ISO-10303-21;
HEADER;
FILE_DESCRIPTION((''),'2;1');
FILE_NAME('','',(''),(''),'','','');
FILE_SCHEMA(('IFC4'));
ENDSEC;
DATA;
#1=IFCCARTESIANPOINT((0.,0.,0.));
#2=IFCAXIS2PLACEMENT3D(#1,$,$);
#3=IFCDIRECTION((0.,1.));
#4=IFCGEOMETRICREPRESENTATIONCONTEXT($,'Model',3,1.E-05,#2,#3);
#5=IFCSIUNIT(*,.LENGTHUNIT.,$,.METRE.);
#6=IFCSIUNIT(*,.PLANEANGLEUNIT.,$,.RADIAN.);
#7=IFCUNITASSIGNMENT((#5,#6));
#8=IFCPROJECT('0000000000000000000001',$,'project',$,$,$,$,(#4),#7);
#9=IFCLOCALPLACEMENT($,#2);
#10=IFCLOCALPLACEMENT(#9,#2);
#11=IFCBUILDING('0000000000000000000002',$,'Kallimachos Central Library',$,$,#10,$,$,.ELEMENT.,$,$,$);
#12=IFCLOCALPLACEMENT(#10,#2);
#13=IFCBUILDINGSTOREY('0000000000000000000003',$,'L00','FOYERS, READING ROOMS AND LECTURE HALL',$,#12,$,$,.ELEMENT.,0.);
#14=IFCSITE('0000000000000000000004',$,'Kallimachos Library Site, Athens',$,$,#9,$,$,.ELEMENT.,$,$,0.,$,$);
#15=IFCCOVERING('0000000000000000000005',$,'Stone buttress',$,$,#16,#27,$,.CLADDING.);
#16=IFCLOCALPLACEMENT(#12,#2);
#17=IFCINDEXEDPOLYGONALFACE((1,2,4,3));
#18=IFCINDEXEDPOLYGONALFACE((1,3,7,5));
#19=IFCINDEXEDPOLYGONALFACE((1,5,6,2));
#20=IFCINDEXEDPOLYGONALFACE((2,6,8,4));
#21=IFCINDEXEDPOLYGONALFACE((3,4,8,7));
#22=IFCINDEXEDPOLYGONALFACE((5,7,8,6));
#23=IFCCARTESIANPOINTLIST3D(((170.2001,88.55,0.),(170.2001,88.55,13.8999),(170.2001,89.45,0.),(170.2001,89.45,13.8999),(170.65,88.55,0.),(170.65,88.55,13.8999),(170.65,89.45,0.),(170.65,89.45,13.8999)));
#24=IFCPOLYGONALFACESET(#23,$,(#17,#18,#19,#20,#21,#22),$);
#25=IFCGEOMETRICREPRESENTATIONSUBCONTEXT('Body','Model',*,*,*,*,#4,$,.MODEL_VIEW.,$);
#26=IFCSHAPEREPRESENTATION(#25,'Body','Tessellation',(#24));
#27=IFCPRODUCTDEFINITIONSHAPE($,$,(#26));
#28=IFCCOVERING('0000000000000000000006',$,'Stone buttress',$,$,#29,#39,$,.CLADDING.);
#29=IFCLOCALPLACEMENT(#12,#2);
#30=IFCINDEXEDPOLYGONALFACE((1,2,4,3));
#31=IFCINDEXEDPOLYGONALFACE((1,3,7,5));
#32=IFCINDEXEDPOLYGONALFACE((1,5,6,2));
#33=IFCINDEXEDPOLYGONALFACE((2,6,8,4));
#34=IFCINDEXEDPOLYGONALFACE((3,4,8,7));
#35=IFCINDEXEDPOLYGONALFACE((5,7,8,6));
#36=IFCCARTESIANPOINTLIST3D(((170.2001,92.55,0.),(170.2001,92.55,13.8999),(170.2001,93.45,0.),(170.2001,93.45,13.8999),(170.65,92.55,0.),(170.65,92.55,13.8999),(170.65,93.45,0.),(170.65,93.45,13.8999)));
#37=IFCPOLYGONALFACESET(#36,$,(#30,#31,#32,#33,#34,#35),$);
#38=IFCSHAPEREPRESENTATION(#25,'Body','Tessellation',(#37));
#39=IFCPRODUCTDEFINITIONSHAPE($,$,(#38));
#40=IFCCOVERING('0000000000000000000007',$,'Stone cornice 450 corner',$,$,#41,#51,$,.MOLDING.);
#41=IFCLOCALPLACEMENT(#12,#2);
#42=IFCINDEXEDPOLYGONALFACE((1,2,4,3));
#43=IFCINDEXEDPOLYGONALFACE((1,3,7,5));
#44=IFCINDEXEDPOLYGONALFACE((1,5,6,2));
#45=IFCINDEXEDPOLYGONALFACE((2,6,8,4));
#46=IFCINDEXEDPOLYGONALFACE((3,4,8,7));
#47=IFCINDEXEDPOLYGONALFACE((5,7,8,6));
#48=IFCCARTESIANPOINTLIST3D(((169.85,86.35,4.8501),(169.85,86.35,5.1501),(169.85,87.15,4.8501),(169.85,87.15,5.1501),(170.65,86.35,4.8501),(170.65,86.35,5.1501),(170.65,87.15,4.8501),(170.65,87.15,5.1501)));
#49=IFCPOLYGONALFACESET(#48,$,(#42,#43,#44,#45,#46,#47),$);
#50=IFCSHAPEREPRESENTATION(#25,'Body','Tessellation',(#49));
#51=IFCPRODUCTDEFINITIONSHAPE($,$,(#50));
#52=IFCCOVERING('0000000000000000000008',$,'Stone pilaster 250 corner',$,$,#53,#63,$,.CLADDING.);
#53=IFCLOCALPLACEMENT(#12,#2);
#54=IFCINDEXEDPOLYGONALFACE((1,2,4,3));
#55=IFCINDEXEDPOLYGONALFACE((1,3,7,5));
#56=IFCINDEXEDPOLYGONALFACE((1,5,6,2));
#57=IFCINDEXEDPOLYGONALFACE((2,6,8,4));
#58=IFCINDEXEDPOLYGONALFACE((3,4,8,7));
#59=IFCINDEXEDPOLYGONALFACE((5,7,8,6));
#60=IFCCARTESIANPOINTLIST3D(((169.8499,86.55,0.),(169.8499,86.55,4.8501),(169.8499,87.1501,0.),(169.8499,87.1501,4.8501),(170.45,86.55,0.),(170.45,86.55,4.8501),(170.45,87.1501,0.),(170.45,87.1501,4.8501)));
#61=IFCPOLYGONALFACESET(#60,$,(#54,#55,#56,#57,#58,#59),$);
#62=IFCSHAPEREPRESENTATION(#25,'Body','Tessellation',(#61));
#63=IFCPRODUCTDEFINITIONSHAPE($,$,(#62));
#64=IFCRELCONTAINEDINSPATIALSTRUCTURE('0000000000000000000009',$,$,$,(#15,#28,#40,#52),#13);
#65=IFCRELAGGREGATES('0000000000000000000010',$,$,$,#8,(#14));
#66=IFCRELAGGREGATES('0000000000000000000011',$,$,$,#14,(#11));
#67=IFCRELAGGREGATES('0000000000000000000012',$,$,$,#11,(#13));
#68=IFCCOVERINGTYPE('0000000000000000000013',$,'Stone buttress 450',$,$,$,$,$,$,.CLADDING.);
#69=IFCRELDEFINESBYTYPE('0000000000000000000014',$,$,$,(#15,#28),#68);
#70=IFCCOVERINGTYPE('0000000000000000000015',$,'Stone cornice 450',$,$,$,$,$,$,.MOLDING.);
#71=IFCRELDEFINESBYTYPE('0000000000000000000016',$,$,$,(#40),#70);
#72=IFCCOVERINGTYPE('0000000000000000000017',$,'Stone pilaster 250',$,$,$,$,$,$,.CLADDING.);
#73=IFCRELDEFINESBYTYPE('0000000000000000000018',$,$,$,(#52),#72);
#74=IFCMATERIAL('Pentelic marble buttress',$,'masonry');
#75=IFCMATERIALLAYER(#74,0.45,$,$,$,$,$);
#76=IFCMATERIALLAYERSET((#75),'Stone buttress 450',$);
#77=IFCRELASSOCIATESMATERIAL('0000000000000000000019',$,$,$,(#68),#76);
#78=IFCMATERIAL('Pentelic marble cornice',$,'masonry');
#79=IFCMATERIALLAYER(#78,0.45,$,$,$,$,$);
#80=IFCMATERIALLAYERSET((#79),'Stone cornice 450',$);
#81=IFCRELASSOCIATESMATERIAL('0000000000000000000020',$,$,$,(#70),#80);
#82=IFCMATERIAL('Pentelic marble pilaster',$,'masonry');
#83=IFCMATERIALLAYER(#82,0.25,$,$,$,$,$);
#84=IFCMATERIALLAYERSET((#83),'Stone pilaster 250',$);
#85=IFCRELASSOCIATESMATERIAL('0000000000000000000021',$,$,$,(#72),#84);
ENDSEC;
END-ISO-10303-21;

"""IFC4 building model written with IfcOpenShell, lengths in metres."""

from ifc_helpers import new_model, si_unit, direction, frame, origin, origin_2d, place, context, subcontext, project, spatial, rectangle, extrude, material, layer, layer_set, type_object, element, save


model = new_model("IFC4")

# Units and contexts
model_context = context("Model", 3, precision=1e-05, world=origin(), true_north=direction((0.0, 1.0)))
body_context = subcontext(model_context, "Body", "Model", "MODEL_VIEW")
ifc_project = project(units=[si_unit("LENGTHUNIT", "METRE"), si_unit("PLANEANGLEUNIT", "RADIAN")], contexts=[model_context])

# Site, building, storey
site_placement = place(None, origin())
site = spatial("IfcSite", under=ifc_project, at=site_placement, Name="Kallimachos Library Site, Athens", CompositionType="ELEMENT", RefElevation=0.0)
building_placement = place(site_placement, origin())
building = spatial("IfcBuilding", under=site, at=building_placement, Name="Kallimachos Central Library", CompositionType="ELEMENT")
storey_placement = place(building_placement, origin())
storey = spatial("IfcBuildingStorey", under=building, at=storey_placement, Name="L00", Description="FOYERS, READING ROOMS AND LECTURE HALL", CompositionType="ELEMENT", Elevation=0.0)

# Coverings
ifc_material_1 = material(Name="Pentelic marble buttress", Category="masonry")
ifc_layer_1 = layer(ifc_material_1, 0.45)
ifc_layer_set_1 = layer_set([ifc_layer_1], Name="Stone buttress 450")
covering_type_1 = type_object("IfcCoveringType", Name="Stone buttress 450", PredefinedType="CLADDING", material=ifc_layer_set_1)
for number, where, z_axis, x_axis, name in (
    (1, (170.425, 89.0, 0.0), (0.0, 0.0, 1.0), (1.0, 0.0, 0.0), "Stone buttress"),
    (2, (170.425, 93.0, 0.0), (0.0, 0.0, 1.0), (1.0, 0.0, 0.0), "Stone buttress"),
):
    element("IfcCovering", number, at=place(storey_placement, frame(where, z_axis=z_axis, x_axis=x_axis)), inside=storey, type_object=covering_type_1, Name=name, PredefinedType="CLADDING", context=body_context, shape_type="SweptSolid", body=[
        extrude(rectangle(XDim=0.45, YDim=0.8999, at=origin_2d()), origin(), (0.0, 0.0, 1.0), 13.8999),
    ])
ifc_material_2 = material(Name="Pentelic marble cornice", Category="masonry")
ifc_layer_2 = layer(ifc_material_2, 0.45)
ifc_layer_set_2 = layer_set([ifc_layer_2], Name="Stone cornice 450")
covering_type_2 = type_object("IfcCoveringType", Name="Stone cornice 450", PredefinedType="MOLDING", material=ifc_layer_set_2)
covering_1_placement = place(storey_placement, frame((170.25, 86.75, 4.8501), z_axis=(0.0, 0.0, 1.0), x_axis=(1.0, 0.0, 0.0)))
element("IfcCovering", 3, at=covering_1_placement, inside=storey, type_object=covering_type_2, Name="Stone cornice 450 corner", PredefinedType="MOLDING", context=body_context, shape_type="SweptSolid", body=[
    extrude(rectangle(XDim=0.8, YDim=0.8, at=origin_2d()), origin(), (0.0, 0.0, 1.0), 0.3),
])
ifc_material_3 = material(Name="Pentelic marble pilaster", Category="masonry")
ifc_layer_3 = layer(ifc_material_3, 0.25)
ifc_layer_set_3 = layer_set([ifc_layer_3], Name="Stone pilaster 250")
covering_type_3 = type_object("IfcCoveringType", Name="Stone pilaster 250", PredefinedType="CLADDING", material=ifc_layer_set_3)
covering_2_placement = place(storey_placement, frame((170.1499, 86.8501, 0.0), z_axis=(0.0, 0.0, 1.0), x_axis=(1.0, 0.0, 0.0)))
element("IfcCovering", 4, at=covering_2_placement, inside=storey, type_object=covering_type_3, Name="Stone pilaster 250 corner", PredefinedType="CLADDING", context=body_context, shape_type="SweptSolid", body=[
    extrude(rectangle(XDim=0.6001, YDim=0.6001, at=origin_2d()), origin(), (0.0, 0.0, 1.0), 4.8501),
])

save(model, "model.ifc")
